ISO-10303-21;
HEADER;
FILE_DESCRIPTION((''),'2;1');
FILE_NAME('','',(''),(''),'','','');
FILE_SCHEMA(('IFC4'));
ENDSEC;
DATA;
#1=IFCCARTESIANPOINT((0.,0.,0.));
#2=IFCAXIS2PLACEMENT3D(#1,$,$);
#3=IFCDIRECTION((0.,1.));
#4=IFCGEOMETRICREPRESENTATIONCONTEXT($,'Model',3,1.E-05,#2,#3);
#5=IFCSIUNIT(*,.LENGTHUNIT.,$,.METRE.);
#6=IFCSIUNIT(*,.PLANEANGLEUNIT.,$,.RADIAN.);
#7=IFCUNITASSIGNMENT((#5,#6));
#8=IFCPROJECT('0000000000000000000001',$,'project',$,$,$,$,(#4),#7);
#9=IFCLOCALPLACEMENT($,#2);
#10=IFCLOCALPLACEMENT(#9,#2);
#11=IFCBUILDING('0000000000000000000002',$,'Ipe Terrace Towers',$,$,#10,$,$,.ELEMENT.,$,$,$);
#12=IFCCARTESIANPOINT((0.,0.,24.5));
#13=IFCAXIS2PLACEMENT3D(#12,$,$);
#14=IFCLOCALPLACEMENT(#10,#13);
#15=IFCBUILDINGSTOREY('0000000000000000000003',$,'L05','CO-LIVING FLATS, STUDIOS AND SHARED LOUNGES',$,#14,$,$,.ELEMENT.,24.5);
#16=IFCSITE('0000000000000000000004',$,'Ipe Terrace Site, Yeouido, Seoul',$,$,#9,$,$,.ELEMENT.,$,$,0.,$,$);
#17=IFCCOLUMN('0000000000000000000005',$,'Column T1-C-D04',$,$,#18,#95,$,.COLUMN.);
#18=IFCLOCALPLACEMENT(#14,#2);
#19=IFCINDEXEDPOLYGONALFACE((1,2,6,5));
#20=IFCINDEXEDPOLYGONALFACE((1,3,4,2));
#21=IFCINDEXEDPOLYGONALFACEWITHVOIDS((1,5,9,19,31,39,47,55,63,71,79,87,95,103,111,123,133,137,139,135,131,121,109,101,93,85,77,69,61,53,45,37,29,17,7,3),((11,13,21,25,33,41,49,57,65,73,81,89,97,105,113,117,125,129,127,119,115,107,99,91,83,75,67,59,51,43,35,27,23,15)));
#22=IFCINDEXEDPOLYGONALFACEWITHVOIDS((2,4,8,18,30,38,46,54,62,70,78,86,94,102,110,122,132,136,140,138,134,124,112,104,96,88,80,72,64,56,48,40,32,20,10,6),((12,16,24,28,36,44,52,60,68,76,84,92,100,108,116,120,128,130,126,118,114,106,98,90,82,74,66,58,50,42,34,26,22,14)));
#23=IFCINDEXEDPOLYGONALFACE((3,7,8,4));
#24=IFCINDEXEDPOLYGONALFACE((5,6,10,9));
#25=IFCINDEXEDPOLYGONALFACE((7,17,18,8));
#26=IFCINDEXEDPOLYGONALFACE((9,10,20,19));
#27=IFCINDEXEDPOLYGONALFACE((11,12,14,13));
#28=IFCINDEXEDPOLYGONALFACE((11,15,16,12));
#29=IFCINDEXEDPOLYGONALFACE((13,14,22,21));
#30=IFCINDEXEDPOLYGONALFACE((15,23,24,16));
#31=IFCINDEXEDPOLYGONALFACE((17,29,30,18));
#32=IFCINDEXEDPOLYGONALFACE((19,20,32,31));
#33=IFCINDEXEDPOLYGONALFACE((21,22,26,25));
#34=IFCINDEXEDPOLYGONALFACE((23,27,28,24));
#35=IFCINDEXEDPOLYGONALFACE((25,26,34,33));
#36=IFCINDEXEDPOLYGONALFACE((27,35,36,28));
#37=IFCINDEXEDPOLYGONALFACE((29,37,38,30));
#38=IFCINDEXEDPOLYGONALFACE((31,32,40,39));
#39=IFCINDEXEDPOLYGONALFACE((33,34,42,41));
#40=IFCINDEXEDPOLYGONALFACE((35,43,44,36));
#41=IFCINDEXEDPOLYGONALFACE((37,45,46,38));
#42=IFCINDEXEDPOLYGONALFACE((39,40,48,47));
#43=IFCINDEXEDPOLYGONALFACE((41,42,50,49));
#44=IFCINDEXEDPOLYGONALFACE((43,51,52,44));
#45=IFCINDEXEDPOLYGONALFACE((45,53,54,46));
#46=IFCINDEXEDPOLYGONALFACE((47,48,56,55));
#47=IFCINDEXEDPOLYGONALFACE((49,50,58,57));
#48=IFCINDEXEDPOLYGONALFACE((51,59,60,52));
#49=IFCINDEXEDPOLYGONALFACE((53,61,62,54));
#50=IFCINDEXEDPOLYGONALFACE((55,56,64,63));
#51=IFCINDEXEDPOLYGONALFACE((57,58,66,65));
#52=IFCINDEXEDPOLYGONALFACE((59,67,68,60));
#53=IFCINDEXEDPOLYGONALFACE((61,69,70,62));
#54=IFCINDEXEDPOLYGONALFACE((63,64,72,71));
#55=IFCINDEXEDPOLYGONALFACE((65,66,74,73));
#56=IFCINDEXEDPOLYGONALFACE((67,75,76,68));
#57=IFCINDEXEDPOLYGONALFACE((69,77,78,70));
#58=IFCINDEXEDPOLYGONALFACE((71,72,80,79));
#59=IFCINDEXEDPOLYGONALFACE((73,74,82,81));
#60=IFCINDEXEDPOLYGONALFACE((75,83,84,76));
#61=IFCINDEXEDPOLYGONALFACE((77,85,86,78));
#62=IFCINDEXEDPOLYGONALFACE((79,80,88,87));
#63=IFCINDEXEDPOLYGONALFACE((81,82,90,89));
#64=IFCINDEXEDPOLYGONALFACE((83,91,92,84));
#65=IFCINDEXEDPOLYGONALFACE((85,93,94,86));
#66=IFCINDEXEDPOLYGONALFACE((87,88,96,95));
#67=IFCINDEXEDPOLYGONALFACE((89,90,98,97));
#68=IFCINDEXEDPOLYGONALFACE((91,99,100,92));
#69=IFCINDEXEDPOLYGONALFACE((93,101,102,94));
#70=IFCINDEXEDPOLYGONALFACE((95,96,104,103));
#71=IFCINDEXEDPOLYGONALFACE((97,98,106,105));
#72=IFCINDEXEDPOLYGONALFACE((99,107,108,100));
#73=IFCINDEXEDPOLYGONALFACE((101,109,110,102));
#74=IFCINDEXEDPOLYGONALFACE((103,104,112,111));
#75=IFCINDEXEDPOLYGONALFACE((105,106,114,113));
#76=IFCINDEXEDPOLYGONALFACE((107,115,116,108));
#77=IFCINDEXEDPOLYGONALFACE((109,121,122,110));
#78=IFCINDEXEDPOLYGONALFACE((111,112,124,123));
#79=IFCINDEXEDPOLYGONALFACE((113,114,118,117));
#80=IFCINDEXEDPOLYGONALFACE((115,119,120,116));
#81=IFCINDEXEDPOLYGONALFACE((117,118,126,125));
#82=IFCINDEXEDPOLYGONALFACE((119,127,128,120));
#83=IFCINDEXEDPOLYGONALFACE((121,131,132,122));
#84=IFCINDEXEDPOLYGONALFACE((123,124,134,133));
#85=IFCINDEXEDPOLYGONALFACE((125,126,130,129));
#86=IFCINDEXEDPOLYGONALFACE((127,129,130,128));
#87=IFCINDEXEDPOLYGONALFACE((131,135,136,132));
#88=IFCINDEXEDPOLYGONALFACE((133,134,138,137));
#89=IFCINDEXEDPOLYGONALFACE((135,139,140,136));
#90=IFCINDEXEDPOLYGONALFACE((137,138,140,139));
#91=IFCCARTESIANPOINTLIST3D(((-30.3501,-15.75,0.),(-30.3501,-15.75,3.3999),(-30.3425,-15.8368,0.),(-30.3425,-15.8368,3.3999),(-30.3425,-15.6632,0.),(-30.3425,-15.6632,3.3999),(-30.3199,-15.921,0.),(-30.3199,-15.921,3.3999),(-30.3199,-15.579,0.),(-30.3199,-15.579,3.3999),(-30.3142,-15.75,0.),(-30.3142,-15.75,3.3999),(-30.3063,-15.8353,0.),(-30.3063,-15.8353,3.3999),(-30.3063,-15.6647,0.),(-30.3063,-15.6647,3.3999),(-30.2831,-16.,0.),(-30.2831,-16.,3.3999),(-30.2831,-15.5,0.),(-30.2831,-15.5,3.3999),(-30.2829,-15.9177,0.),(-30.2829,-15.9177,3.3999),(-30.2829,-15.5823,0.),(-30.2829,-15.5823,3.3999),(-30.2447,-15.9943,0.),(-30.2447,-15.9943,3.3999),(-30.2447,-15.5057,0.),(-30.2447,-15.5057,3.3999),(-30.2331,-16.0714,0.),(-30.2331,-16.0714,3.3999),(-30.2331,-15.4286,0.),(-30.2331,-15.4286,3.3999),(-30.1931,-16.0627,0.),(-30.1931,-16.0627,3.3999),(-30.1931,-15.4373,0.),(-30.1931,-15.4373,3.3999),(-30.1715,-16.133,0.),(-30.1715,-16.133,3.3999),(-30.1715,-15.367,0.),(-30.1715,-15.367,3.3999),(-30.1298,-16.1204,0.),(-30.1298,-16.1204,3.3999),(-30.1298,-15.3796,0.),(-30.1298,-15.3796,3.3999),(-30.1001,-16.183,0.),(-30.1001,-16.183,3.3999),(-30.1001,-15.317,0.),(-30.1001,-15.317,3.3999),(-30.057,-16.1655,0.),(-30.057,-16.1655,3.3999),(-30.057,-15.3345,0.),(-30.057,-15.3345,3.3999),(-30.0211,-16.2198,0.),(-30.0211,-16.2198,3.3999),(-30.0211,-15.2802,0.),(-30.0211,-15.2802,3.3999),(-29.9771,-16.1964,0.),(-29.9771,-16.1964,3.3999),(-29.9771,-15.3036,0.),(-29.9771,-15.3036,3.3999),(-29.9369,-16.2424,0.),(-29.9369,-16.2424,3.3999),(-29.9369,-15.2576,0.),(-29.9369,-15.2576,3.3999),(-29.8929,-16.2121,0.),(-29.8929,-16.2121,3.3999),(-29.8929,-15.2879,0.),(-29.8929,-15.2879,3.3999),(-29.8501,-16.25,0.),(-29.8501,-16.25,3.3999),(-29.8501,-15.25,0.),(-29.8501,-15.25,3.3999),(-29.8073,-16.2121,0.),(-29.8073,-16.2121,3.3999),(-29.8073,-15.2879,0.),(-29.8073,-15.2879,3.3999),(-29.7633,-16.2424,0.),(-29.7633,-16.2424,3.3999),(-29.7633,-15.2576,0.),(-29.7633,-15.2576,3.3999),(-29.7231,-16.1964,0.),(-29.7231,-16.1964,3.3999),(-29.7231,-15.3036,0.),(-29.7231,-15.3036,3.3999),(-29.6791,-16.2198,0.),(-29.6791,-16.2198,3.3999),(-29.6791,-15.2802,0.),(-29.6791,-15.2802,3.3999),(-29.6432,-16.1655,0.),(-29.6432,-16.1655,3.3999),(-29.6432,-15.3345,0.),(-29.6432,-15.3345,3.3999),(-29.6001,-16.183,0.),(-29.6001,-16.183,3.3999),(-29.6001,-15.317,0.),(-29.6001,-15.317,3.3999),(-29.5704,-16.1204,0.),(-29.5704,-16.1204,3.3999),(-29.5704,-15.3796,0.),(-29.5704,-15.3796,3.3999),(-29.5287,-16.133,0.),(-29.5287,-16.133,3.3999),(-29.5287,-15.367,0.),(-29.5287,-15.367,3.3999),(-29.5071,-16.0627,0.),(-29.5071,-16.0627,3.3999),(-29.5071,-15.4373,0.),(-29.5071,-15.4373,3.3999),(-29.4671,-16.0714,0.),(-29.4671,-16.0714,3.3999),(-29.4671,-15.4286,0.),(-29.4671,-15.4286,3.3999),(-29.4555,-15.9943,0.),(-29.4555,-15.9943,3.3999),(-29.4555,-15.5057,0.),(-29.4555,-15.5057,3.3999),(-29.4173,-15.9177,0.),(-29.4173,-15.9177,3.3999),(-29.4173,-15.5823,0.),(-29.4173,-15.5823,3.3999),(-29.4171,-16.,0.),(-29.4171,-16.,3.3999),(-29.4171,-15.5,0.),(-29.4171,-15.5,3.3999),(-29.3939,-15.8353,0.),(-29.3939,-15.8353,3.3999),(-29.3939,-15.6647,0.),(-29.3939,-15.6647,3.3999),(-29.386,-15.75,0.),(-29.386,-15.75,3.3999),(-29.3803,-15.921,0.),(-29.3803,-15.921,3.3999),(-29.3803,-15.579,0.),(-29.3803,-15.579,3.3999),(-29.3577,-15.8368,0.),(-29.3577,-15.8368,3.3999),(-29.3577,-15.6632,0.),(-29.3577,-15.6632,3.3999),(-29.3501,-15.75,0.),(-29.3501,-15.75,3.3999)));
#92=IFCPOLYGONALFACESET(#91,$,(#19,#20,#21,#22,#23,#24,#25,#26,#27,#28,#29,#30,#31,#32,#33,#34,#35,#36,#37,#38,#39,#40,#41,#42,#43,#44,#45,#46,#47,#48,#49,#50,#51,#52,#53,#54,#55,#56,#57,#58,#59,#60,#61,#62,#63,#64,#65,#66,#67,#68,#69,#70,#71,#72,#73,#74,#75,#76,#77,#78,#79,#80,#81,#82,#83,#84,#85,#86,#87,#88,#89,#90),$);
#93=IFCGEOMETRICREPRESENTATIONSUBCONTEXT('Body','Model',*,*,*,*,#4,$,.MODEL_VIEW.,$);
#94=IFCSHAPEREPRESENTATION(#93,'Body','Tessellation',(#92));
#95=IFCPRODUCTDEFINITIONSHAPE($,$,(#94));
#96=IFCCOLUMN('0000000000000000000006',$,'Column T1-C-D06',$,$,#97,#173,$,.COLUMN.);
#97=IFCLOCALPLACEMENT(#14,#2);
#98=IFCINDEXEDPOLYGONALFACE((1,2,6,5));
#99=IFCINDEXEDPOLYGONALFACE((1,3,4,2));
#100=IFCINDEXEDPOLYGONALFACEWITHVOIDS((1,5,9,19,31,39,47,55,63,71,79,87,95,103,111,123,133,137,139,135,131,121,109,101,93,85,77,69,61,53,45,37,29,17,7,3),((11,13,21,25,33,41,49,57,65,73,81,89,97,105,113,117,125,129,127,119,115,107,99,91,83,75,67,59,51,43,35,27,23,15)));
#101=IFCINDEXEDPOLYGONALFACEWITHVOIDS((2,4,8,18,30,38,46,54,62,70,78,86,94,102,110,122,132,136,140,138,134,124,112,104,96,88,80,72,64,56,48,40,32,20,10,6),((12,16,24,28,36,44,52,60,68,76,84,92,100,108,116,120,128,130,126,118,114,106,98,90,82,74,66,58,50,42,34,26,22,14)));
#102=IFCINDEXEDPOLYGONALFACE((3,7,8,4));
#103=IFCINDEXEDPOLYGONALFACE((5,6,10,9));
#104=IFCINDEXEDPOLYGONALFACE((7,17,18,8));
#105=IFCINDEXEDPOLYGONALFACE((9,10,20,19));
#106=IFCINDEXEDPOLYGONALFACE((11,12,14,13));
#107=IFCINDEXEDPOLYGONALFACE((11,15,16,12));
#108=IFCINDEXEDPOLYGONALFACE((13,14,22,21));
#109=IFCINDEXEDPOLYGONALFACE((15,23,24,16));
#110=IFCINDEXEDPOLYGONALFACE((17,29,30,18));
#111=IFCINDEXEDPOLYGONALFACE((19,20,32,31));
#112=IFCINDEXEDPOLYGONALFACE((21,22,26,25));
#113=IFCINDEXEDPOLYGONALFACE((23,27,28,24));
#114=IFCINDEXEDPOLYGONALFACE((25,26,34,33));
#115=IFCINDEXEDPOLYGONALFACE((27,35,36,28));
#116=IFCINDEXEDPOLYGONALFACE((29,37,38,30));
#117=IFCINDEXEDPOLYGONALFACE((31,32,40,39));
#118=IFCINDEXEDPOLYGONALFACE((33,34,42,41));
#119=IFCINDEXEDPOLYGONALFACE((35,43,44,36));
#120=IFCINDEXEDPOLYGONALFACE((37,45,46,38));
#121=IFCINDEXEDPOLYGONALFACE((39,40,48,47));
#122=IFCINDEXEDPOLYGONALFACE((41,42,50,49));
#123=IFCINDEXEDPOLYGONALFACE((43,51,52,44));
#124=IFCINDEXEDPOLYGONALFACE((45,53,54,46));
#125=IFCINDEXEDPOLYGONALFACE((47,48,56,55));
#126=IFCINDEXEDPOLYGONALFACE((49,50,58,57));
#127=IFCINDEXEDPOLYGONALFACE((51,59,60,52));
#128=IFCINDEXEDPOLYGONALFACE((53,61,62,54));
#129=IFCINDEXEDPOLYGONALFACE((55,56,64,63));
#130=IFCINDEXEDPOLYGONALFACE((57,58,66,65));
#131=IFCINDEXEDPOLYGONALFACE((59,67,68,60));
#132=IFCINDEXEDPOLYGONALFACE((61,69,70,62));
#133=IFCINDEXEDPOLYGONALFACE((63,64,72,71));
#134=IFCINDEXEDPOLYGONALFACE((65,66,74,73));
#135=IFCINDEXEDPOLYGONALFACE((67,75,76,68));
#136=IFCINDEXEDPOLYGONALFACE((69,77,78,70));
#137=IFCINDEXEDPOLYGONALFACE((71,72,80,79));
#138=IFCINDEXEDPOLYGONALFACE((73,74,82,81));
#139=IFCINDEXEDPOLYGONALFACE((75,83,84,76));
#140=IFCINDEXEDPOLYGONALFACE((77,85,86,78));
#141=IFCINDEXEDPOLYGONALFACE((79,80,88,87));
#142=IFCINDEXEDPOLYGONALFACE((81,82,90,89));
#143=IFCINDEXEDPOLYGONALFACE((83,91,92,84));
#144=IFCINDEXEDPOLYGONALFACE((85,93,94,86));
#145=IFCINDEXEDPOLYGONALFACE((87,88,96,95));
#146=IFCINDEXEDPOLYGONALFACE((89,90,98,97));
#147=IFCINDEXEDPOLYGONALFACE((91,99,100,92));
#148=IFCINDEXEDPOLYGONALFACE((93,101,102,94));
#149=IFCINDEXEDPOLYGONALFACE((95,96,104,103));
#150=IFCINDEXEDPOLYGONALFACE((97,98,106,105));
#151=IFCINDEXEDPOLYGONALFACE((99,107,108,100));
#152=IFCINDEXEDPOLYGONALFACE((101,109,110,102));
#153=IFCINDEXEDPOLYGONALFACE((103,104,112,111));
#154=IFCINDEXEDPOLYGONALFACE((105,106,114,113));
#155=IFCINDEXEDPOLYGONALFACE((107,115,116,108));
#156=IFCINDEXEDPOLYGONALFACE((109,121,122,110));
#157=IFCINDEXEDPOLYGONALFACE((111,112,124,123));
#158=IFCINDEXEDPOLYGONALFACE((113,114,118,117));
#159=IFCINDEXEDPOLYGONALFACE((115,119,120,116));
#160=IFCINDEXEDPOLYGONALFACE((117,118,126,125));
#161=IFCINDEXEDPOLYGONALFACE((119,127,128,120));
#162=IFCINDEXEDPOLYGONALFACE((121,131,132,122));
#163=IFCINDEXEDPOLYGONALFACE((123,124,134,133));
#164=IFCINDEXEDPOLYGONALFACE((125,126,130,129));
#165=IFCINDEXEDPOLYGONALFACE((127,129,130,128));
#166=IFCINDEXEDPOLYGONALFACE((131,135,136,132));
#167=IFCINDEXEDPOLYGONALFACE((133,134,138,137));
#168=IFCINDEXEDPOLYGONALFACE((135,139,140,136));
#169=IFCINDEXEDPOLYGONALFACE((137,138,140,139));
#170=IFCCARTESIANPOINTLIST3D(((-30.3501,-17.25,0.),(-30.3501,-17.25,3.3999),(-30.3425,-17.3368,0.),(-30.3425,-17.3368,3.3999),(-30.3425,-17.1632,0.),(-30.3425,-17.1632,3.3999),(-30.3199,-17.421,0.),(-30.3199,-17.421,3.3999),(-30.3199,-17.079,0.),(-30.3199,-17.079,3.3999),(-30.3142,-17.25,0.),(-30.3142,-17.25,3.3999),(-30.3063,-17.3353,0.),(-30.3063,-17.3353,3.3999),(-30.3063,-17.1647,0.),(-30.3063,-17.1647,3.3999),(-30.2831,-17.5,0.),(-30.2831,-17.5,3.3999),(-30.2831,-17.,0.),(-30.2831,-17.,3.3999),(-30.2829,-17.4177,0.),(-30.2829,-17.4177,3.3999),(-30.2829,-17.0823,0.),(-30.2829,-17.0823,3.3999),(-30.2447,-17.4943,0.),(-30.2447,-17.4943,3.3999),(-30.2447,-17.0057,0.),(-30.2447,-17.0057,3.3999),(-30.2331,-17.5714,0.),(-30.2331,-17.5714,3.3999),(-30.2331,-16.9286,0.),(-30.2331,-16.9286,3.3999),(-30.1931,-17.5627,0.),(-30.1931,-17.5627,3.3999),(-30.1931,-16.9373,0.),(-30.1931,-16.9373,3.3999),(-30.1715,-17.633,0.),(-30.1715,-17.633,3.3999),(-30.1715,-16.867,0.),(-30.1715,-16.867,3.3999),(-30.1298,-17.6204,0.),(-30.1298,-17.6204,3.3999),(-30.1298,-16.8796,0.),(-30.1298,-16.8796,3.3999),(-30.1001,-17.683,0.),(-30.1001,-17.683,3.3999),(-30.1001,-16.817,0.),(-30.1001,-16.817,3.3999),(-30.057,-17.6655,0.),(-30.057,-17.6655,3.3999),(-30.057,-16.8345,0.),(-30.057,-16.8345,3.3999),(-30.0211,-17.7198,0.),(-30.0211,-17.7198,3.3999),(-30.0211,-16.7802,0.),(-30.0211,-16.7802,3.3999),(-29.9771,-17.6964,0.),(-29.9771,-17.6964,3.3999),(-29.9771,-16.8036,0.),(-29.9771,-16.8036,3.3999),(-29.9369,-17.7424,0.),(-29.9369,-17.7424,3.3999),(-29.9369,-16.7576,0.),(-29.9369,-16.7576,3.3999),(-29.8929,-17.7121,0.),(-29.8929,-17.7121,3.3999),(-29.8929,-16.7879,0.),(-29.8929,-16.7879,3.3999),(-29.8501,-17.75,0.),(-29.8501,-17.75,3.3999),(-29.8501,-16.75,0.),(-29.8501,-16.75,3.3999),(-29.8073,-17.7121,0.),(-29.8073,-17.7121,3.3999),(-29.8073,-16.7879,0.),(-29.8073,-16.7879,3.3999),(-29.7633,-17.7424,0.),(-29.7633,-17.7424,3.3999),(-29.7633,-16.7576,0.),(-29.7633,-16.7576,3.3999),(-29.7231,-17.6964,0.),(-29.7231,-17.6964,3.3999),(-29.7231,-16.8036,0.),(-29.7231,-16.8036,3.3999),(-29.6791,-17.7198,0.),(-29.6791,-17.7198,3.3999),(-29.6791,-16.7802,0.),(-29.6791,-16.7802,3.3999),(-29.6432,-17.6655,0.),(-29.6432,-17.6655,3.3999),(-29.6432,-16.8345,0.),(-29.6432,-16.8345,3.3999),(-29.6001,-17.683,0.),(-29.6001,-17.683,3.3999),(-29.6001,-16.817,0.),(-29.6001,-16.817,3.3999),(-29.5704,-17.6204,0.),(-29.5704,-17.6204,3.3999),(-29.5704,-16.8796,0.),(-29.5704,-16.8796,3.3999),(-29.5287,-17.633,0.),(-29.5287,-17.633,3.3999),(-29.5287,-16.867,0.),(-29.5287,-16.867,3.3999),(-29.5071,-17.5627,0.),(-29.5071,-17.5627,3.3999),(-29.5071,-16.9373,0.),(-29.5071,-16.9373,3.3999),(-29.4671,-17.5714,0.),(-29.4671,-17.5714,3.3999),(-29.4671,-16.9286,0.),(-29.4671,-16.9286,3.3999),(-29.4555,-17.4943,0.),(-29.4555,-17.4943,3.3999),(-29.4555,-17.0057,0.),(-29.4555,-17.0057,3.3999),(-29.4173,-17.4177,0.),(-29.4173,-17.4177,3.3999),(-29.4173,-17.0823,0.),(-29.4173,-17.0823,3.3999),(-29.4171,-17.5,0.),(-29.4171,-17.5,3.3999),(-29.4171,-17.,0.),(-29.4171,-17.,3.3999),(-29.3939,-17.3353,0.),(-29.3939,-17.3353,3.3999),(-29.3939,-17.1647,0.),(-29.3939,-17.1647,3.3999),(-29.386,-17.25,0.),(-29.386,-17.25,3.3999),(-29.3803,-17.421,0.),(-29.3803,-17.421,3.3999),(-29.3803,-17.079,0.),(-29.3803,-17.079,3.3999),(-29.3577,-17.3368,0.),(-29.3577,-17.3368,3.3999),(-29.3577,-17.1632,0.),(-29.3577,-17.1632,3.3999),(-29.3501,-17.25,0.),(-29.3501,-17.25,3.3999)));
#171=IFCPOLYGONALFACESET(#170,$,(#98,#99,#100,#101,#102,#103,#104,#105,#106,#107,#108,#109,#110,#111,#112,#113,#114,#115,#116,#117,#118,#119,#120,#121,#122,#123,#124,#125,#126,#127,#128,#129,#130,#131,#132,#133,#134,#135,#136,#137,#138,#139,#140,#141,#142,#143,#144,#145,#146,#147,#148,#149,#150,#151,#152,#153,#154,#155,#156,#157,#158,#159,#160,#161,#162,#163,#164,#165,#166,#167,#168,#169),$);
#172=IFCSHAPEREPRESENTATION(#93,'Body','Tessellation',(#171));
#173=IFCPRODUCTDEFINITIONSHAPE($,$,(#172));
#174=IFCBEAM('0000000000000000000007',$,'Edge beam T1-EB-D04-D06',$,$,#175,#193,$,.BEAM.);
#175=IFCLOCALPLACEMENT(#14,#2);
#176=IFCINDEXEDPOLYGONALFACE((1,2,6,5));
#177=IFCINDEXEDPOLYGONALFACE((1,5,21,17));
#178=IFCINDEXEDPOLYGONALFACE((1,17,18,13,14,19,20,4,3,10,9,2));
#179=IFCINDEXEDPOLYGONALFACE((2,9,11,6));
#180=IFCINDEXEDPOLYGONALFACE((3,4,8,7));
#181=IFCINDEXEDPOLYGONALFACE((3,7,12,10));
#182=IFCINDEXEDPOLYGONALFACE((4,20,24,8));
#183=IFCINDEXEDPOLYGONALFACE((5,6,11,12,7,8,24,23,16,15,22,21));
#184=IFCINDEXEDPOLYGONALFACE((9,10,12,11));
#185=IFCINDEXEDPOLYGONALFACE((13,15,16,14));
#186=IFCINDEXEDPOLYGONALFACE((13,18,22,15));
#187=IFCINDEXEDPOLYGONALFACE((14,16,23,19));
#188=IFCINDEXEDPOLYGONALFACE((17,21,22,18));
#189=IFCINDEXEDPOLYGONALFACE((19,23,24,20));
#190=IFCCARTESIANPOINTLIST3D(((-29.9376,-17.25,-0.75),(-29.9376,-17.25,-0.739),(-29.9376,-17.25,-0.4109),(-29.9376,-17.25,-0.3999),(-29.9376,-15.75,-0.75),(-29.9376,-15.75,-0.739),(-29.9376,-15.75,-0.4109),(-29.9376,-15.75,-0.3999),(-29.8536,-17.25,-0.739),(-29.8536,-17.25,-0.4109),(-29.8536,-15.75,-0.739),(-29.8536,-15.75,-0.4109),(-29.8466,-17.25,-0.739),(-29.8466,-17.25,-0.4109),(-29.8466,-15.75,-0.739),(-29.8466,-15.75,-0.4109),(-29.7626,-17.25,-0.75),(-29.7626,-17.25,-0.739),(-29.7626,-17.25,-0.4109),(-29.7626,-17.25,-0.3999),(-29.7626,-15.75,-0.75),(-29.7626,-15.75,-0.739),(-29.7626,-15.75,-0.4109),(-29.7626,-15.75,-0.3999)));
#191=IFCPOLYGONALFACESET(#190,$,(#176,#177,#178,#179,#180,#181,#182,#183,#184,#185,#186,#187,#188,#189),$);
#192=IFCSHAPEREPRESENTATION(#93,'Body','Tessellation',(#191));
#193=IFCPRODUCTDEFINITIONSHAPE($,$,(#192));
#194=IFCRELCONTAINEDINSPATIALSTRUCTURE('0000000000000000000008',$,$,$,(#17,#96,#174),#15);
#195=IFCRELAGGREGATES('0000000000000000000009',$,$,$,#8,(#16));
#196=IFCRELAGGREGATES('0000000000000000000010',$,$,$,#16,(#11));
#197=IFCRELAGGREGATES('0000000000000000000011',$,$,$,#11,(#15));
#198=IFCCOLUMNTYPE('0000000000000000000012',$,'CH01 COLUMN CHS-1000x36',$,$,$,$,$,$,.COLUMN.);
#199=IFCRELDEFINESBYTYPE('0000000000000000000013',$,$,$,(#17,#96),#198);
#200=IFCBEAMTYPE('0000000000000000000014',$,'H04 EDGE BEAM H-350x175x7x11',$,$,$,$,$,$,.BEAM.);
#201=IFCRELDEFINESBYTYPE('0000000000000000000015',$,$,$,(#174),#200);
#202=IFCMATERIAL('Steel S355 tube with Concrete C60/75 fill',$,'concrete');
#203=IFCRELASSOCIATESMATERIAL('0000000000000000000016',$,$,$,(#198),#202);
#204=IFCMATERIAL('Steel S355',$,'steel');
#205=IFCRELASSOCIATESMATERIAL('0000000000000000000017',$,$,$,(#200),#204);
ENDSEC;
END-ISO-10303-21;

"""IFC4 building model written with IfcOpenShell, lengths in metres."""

from ifc_helpers import new_model, si_unit, direction, frame, origin, origin_2d, place, context, subcontext, project, spatial, hollow_circle, i_section, extrude, material, material_profile, profile_set, type_object, element, save


model = new_model("IFC4")

# Units and contexts
model_context = context("Model", 3, precision=1e-05, world=origin(), true_north=direction((0.0, 1.0)))
body_context = subcontext(model_context, "Body", "Model", "MODEL_VIEW")
ifc_project = project(units=[si_unit("LENGTHUNIT", "METRE"), si_unit("PLANEANGLEUNIT", "RADIAN")], contexts=[model_context])

# Site, building, storey
site_placement = place(None, origin())
site = spatial("IfcSite", under=ifc_project, at=site_placement, Name="Ipe Terrace Site, Yeouido, Seoul", CompositionType="ELEMENT", RefElevation=0.0)
building_placement = place(site_placement, origin())
building = spatial("IfcBuilding", under=site, at=building_placement, Name="Ipe Terrace Towers", CompositionType="ELEMENT")
storey_placement = place(building_placement, frame((0.0, 0.0, 24.5)))
storey = spatial("IfcBuildingStorey", under=building, at=storey_placement, Name="L05", Description="CO-LIVING FLATS, STUDIOS AND SHARED LOUNGES", CompositionType="ELEMENT", Elevation=24.5)

# Columns
ifc_material_1 = material(Name="Steel S355 tube with Concrete C60/75 fill", Category="concrete")
ifc_material_profile_1 = material_profile(ifc_material_1, hollow_circle(Radius=0.5, WallThickness=0.0359, at=origin_2d()), Name="CHS-1000x36")
ifc_profile_set_1 = profile_set([ifc_material_profile_1], Name="Steel S355 tube with Concrete C60/75 fill")
column_type = type_object("IfcColumnType", Name="CH01 COLUMN CHS-1000x36", PredefinedType="COLUMN", material=ifc_profile_set_1)
for number, where, z_axis, x_axis, name in (
    (1, (-29.8501, -15.75, 0.0), (0.0, 0.0, 1.0), (1.0, 0.0, 0.0), "Column T1-C-D04"),
    (2, (-29.8501, -17.25, 0.0), (0.0, 0.0, 1.0), (1.0, 0.0, 0.0), "Column T1-C-D06"),
):
    element("IfcColumn", number, at=place(storey_placement, frame(where, z_axis=z_axis, x_axis=x_axis)), inside=storey, type_object=column_type, Name=name, PredefinedType="COLUMN", context=body_context, shape_type="SweptSolid", body=[
        extrude(hollow_circle(Radius=0.5, WallThickness=0.0359, at=origin_2d()), origin(), (0.0, 0.0, 1.0), 3.3999),
    ])

# Beam
ifc_material_2 = material(Name="Steel S355", Category="steel")
ifc_material_profile_2 = material_profile(ifc_material_2, i_section(OverallWidth=0.175, OverallDepth=0.3501, WebThickness=0.0071, FlangeThickness=0.011, at=origin_2d()), Name="H-350x175x7x11")
ifc_profile_set_2 = profile_set([ifc_material_profile_2], Name="Steel S355")
beam_type = type_object("IfcBeamType", Name="H04 EDGE BEAM H-350x175x7x11", PredefinedType="BEAM", material=ifc_profile_set_2)
beam_placement = place(storey_placement, frame((-29.8501, -15.75, -0.575), z_axis=(0.0, -1.0, 0.0), x_axis=(1.0, 0.0, 0.0)))
element("IfcBeam", 3, at=beam_placement, inside=storey, type_object=beam_type, Name="Edge beam T1-EB-D04-D06", PredefinedType="BEAM", context=body_context, shape_type="SweptSolid", body=[
    extrude(i_section(OverallWidth=0.175, OverallDepth=0.3501, WebThickness=0.0071, FlangeThickness=0.011, at=origin_2d()), origin(), (0.0, 0.0, 1.0), 1.5),
])

save(model, "model.ifc")
